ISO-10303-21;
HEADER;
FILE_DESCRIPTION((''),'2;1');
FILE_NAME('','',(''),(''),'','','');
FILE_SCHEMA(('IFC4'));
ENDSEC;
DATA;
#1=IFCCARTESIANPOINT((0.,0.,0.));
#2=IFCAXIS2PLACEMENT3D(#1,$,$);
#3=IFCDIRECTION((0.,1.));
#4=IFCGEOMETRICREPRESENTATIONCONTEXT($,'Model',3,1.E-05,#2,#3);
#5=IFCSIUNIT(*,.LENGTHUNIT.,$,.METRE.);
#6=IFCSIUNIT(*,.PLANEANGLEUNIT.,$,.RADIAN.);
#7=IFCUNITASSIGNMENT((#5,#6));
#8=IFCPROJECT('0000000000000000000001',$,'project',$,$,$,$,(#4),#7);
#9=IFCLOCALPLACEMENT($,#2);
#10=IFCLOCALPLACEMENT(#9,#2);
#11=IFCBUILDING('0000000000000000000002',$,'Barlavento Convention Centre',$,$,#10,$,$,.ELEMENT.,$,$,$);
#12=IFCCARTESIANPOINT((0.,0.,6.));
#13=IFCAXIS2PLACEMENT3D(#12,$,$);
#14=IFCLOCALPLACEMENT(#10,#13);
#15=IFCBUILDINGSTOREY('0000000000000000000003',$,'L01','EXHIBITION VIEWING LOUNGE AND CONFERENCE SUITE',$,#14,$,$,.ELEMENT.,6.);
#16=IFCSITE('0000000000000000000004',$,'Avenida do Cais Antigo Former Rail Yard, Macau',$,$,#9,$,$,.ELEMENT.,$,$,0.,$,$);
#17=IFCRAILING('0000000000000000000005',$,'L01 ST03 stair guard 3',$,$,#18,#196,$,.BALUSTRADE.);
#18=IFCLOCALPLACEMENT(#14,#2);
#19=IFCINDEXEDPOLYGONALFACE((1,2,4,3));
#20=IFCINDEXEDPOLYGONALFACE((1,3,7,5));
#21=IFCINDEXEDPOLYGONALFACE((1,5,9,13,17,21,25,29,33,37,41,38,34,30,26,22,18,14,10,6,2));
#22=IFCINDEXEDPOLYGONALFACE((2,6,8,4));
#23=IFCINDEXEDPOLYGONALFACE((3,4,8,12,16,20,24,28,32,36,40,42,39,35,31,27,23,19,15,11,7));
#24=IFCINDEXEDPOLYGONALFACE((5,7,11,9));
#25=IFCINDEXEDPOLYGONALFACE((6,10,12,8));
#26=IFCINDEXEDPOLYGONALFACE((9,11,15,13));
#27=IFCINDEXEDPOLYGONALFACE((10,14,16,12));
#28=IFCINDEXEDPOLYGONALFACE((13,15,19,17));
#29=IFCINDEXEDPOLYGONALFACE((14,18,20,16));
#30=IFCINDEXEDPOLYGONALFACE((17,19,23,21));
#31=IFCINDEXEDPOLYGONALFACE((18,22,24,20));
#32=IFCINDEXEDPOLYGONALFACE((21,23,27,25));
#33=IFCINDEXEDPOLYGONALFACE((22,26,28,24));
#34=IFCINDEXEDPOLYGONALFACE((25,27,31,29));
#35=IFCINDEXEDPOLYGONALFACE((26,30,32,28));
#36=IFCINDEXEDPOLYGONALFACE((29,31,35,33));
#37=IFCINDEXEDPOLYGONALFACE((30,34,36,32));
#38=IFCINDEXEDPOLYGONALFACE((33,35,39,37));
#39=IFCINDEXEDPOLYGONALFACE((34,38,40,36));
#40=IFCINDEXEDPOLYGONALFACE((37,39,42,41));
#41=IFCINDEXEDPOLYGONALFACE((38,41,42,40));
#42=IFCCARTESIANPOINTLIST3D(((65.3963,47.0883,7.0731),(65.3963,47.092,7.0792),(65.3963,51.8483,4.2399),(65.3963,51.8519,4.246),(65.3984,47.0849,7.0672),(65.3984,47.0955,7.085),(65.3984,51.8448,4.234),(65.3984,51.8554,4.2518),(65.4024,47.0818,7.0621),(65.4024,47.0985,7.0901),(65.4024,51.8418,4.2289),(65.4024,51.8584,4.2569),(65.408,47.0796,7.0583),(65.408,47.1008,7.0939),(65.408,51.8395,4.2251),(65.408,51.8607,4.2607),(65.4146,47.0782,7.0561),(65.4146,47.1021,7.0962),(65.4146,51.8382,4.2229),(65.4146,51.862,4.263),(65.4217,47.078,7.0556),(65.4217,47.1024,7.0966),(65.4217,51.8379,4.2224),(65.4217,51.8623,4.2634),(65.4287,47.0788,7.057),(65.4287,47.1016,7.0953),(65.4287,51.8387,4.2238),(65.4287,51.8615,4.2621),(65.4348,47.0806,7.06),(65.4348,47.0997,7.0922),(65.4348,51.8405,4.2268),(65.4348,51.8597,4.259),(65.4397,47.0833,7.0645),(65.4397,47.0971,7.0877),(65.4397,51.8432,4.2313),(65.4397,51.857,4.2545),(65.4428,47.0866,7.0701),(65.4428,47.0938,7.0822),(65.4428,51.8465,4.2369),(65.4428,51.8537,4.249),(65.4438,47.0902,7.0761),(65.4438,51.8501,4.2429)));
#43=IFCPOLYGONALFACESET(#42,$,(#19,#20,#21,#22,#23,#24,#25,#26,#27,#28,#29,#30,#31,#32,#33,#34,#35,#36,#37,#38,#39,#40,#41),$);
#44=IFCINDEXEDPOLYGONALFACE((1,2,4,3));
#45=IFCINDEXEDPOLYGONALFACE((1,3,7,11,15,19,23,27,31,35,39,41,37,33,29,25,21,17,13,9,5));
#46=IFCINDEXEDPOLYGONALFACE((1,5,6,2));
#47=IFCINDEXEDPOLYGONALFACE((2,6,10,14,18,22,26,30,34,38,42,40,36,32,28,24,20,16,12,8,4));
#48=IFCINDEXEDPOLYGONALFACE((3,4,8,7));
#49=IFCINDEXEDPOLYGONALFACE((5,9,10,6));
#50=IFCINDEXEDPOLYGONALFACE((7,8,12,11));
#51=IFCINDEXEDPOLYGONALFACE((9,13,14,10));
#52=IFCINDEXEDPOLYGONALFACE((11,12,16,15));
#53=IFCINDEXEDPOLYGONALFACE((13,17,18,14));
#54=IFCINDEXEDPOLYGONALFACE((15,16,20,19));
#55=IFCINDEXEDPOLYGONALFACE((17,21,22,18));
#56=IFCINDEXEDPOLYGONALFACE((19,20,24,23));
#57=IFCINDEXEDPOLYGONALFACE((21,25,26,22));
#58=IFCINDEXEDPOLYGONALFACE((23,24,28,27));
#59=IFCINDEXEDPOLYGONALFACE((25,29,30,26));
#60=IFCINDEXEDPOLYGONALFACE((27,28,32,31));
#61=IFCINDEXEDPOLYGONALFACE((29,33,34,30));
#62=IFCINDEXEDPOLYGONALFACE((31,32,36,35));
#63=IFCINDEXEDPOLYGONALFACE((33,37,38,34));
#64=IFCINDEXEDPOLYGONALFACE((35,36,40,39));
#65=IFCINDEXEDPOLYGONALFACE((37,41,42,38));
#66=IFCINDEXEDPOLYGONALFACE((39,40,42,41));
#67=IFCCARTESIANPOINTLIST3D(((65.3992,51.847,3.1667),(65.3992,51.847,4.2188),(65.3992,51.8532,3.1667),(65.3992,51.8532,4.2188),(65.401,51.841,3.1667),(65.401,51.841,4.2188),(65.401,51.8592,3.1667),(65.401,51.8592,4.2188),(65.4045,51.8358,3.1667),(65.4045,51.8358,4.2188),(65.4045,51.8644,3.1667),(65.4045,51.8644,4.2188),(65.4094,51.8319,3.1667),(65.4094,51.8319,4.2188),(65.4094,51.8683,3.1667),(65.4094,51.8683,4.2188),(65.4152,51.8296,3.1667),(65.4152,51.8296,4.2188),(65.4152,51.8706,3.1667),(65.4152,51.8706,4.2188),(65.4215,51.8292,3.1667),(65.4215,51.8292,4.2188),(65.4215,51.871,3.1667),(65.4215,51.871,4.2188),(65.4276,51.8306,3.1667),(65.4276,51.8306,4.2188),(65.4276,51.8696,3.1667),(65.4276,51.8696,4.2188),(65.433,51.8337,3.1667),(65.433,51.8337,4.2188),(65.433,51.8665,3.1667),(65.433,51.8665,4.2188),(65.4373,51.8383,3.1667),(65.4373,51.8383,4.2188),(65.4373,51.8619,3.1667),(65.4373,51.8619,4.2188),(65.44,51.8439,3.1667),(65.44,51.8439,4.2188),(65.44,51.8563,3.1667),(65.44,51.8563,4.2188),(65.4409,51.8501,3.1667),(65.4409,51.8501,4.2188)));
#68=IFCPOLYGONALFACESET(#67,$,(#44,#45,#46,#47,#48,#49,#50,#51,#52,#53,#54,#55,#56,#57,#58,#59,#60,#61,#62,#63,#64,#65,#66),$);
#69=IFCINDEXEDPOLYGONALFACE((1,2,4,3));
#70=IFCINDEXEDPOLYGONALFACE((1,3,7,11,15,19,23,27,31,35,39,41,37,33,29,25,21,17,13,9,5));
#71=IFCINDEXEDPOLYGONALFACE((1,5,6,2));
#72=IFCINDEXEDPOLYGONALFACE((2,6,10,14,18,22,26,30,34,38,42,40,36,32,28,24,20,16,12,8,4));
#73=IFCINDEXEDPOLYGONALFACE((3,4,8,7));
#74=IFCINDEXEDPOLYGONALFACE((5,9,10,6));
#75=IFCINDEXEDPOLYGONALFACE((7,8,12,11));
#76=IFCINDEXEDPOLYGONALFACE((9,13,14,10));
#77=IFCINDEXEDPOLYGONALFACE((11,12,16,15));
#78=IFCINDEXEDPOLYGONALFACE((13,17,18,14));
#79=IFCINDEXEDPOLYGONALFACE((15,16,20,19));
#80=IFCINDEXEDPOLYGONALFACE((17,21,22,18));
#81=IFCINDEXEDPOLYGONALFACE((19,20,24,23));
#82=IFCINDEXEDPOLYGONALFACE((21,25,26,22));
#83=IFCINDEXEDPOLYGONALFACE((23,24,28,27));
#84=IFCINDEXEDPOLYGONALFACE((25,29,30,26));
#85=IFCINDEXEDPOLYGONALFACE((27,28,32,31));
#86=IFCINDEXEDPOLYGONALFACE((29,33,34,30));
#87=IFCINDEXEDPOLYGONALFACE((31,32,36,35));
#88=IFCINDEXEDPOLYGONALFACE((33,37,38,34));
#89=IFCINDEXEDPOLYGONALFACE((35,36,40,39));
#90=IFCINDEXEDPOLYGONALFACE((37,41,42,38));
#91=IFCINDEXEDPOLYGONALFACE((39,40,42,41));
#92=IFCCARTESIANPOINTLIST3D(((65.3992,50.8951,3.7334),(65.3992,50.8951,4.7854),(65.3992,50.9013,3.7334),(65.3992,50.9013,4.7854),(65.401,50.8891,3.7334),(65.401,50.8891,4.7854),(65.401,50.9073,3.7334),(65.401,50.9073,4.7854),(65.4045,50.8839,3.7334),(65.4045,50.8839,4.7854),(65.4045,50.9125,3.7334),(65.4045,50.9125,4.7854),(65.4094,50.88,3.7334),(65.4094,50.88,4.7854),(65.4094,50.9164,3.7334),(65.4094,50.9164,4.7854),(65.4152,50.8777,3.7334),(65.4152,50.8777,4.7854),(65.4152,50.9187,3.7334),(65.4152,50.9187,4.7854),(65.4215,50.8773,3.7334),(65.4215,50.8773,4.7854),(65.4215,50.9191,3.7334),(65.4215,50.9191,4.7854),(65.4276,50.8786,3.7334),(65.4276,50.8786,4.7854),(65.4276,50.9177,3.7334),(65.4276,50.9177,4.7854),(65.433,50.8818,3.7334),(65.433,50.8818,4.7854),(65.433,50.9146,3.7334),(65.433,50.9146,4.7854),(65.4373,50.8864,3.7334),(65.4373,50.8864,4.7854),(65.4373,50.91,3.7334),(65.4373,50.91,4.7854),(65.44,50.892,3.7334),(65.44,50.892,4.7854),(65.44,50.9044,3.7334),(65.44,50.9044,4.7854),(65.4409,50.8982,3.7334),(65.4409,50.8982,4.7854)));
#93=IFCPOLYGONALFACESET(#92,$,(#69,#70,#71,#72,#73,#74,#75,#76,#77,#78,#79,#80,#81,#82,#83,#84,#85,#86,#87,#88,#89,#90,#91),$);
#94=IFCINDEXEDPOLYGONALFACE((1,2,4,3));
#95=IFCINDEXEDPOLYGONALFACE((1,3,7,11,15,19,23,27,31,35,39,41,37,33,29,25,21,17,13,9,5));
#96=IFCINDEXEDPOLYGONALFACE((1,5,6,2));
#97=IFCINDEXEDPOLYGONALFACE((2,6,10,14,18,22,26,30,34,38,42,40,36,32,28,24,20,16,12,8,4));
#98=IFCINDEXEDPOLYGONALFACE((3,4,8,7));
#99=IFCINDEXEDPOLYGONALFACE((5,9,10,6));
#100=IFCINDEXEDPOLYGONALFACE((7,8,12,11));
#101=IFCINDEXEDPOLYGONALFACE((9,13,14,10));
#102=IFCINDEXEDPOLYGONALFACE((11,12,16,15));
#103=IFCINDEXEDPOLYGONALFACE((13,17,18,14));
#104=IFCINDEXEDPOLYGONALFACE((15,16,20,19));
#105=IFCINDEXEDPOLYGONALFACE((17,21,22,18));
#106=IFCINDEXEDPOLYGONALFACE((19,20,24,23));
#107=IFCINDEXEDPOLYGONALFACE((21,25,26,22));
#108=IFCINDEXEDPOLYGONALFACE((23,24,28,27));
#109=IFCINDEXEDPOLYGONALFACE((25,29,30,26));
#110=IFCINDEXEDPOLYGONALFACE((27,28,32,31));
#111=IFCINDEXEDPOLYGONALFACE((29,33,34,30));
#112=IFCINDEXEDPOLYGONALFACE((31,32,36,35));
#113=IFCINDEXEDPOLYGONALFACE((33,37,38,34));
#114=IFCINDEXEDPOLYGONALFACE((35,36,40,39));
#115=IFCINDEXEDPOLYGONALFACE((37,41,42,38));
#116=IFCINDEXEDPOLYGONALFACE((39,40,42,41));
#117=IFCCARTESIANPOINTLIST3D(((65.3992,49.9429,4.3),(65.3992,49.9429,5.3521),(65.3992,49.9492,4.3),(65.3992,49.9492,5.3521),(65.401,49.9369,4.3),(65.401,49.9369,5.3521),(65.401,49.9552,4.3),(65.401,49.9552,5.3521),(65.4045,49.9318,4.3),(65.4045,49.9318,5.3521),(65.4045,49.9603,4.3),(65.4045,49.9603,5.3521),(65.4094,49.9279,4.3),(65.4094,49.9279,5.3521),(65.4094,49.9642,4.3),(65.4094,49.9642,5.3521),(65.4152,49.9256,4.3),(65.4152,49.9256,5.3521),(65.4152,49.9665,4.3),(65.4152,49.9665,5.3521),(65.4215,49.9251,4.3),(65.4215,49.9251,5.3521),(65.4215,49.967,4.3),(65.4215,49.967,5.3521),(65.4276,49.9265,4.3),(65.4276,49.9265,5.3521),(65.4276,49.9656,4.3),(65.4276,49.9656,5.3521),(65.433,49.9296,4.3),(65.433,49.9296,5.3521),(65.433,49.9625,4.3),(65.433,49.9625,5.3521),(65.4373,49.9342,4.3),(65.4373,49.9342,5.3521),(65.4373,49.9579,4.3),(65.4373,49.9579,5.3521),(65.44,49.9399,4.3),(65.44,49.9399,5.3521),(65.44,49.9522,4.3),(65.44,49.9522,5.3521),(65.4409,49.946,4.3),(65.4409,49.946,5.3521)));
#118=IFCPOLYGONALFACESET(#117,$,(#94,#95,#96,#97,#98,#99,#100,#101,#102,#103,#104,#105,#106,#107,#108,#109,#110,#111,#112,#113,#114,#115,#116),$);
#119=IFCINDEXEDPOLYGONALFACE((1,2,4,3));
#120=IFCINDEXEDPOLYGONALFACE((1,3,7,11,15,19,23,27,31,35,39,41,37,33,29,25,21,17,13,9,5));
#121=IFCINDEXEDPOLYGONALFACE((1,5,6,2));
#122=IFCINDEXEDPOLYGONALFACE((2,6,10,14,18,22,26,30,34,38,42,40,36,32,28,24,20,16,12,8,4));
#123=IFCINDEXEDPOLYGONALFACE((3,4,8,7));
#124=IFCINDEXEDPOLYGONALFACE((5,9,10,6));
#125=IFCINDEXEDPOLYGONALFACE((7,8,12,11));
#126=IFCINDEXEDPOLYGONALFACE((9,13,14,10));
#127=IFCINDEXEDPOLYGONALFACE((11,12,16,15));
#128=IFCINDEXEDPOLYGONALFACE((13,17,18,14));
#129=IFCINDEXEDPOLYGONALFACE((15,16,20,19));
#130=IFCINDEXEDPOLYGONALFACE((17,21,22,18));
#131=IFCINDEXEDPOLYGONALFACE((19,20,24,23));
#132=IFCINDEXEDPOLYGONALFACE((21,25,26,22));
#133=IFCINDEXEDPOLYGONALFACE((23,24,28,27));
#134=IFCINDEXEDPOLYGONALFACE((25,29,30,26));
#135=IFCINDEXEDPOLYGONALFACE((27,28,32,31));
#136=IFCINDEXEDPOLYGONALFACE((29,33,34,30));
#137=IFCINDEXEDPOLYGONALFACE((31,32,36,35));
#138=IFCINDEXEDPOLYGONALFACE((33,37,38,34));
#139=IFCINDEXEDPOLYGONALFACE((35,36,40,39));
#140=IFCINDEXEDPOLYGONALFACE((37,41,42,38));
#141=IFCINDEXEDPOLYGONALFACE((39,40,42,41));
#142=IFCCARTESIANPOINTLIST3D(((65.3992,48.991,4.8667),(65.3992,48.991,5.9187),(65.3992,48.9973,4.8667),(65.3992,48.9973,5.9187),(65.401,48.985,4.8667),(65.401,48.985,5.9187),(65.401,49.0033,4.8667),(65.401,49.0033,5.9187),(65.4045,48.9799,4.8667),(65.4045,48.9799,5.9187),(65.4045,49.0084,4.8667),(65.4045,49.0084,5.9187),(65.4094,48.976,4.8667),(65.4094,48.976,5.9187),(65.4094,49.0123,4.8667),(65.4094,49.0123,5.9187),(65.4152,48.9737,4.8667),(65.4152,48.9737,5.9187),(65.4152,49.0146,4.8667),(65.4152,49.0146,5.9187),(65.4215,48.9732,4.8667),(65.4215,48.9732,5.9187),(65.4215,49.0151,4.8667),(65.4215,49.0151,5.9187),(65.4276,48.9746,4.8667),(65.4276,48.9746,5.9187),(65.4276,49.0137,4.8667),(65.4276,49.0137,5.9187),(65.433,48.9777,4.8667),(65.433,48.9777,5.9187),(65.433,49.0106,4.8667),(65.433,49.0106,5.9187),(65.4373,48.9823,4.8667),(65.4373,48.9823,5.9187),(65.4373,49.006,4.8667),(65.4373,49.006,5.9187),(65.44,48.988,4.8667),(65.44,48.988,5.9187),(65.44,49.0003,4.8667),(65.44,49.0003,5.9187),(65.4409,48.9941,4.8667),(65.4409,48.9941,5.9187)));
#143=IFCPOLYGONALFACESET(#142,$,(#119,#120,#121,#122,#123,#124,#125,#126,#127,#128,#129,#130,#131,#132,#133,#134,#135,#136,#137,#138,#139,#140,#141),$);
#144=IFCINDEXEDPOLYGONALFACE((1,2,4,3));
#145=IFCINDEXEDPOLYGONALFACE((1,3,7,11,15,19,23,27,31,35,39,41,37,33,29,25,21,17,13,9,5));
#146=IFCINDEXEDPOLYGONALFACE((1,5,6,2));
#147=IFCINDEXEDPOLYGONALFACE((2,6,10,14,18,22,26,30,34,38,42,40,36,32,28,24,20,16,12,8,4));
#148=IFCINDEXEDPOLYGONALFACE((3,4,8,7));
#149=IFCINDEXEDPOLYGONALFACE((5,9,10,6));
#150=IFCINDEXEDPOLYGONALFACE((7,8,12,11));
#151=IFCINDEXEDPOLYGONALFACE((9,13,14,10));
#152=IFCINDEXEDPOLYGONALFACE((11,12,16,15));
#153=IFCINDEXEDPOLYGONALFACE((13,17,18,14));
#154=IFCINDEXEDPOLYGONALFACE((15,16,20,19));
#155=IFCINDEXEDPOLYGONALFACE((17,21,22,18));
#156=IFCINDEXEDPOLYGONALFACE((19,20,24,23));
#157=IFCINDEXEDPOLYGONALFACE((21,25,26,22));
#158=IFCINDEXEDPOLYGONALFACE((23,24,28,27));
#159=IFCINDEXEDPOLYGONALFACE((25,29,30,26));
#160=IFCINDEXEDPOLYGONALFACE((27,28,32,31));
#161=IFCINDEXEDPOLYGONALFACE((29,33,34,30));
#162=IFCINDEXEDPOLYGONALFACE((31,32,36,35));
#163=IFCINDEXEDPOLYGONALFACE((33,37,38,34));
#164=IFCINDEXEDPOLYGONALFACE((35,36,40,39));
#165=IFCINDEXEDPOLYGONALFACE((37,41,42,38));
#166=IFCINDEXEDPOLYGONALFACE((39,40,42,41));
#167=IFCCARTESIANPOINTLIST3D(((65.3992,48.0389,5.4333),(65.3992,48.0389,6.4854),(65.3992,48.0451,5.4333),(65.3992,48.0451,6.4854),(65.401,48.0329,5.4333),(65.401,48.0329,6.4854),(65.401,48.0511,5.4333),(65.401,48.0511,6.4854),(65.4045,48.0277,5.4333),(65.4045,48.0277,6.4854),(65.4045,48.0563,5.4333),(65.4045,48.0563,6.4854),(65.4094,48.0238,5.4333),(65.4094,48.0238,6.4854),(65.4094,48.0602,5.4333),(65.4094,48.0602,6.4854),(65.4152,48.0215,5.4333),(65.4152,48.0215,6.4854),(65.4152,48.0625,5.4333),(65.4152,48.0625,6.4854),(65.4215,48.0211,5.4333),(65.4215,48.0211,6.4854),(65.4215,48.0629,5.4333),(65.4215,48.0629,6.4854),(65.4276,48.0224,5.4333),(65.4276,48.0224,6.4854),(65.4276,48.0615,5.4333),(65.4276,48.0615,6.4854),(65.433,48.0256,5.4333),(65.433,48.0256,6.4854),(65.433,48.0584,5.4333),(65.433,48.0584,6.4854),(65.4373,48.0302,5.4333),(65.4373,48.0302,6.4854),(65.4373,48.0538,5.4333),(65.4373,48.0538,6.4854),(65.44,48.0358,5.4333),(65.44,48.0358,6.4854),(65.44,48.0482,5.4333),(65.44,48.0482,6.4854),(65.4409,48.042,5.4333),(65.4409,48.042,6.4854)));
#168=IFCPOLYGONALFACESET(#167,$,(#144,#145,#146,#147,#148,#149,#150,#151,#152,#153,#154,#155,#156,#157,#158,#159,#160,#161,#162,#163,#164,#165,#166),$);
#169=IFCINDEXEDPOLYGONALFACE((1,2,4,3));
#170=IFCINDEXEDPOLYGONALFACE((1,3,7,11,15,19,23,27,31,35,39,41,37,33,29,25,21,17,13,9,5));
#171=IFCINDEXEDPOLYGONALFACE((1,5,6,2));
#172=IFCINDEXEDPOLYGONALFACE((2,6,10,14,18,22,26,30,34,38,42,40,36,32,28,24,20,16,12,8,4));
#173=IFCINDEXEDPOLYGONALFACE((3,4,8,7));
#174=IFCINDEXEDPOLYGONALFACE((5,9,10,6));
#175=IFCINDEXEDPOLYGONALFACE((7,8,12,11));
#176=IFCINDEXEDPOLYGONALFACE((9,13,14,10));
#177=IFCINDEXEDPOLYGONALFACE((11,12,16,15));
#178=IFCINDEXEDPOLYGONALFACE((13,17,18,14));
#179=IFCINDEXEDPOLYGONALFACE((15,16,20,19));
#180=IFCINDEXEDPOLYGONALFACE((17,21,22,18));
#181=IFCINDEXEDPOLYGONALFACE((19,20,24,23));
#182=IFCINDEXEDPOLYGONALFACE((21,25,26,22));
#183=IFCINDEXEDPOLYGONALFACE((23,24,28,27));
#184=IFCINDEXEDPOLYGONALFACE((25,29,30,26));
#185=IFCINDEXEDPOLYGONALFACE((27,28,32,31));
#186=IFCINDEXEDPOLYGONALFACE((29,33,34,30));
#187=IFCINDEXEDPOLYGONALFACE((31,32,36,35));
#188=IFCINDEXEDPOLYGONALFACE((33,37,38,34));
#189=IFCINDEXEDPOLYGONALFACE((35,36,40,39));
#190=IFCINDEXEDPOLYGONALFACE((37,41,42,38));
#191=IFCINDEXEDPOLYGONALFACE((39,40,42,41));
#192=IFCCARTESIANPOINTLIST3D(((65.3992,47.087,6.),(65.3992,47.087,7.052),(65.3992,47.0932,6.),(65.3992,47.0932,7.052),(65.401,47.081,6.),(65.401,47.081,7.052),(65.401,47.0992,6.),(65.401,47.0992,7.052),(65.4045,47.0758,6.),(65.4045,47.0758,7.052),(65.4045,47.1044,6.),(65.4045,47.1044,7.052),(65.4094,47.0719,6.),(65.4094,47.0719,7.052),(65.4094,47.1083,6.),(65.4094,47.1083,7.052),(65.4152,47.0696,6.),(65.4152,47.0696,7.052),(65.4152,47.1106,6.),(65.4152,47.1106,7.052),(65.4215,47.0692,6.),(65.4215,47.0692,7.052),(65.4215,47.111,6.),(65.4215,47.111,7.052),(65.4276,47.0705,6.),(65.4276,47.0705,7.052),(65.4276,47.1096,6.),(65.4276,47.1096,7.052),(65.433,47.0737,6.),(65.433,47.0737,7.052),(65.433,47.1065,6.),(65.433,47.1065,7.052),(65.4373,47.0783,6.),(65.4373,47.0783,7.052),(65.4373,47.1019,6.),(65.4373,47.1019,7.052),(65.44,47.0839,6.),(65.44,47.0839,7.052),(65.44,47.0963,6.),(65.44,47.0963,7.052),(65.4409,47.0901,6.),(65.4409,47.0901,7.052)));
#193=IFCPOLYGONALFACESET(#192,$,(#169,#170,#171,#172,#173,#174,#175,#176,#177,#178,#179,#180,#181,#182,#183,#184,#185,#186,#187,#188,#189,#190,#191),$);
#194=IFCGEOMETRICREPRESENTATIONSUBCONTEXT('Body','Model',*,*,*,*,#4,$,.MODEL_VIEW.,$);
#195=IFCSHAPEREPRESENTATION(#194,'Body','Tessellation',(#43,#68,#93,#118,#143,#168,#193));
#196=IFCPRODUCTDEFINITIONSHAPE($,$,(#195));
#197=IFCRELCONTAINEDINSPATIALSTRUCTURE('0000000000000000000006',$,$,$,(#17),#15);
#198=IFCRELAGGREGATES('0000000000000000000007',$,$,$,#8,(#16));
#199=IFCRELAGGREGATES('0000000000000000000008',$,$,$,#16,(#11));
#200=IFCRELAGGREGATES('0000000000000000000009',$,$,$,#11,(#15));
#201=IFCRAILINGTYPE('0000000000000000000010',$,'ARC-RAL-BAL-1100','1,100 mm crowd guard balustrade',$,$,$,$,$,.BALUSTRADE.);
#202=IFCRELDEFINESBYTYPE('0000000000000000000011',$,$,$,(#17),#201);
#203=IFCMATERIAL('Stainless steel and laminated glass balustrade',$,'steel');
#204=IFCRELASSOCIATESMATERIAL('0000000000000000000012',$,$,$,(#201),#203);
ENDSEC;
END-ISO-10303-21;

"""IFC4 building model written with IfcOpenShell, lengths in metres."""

from ifc_helpers import new_model, si_unit, direction, frame, origin, origin_2d, place, context, subcontext, project, spatial, circle, extrude, material, type_object, element, save


model = new_model("IFC4")

# Units and contexts
model_context = context("Model", 3, precision=1e-05, world=origin(), true_north=direction((0.0, 1.0)))
body_context = subcontext(model_context, "Body", "Model", "MODEL_VIEW")
ifc_project = project(units=[si_unit("LENGTHUNIT", "METRE"), si_unit("PLANEANGLEUNIT", "RADIAN")], contexts=[model_context])

# Site, building, storey
site_placement = place(None, origin())
site = spatial("IfcSite", under=ifc_project, at=site_placement, Name="Avenida do Cais Antigo Former Rail Yard, Macau", CompositionType="ELEMENT", RefElevation=0.0)
building_placement = place(site_placement, origin())
building = spatial("IfcBuilding", under=site, at=building_placement, Name="Barlavento Convention Centre", CompositionType="ELEMENT")
storey_placement = place(building_placement, frame((0.0, 0.0, 6.0)))
storey = spatial("IfcBuildingStorey", under=building, at=storey_placement, Name="L01", Description="EXHIBITION VIEWING LOUNGE AND CONFERENCE SUITE", CompositionType="ELEMENT", Elevation=6.0)

# Railing
ifc_material_1 = material(Name="Stainless steel and laminated glass balustrade", Category="steel")
railing_type_1 = type_object("IfcRailingType", Name="ARC-RAL-BAL-1100", Description="1,100 mm crowd guard balustrade", PredefinedType="BALUSTRADE", material=ifc_material_1)
railing_1_placement = place(storey_placement, frame((65.4199, 51.8501, 3.1667)))
element("IfcRailing", 1, at=railing_1_placement, inside=storey, type_object=railing_type_1, Name="L01 ST03 stair guard 3", PredefinedType="BALUSTRADE", context=body_context, shape_type="SweptSolid", body=[
    extrude(circle(Radius=0.0239, at=origin_2d()), frame((0.0, 0.0, 1.0762), z_axis=(0.0, -0.8593, 0.511472), x_axis=(1.0, 0.0, 0.0)), (0.0, 0.0, 1.0), 5.5393),
    extrude(circle(Radius=0.021, at=origin_2d()), origin(), (0.0, 0.0, 1.0), 1.052),
    extrude(circle(Radius=0.021, at=origin_2d()), frame((0.0, -0.9519, 0.5667)), (0.0, 0.0, 1.0), 1.052),
    extrude(circle(Radius=0.021, at=origin_2d()), frame((0.0, -1.9041, 1.1333)), (0.0, 0.0, 1.0), 1.052),
    extrude(circle(Radius=0.021, at=origin_2d()), frame((0.0, -2.856, 1.7)), (0.0, 0.0, 1.0), 1.052),
    extrude(circle(Radius=0.021, at=origin_2d()), frame((0.0, -3.8081, 2.2666)), (0.0, 0.0, 1.0), 1.052),
    extrude(circle(Radius=0.021, at=origin_2d()), frame((0.0, -4.76, 2.8333)), (0.0, 0.0, 1.0), 1.052),
])

save(model, "model.ifc")
